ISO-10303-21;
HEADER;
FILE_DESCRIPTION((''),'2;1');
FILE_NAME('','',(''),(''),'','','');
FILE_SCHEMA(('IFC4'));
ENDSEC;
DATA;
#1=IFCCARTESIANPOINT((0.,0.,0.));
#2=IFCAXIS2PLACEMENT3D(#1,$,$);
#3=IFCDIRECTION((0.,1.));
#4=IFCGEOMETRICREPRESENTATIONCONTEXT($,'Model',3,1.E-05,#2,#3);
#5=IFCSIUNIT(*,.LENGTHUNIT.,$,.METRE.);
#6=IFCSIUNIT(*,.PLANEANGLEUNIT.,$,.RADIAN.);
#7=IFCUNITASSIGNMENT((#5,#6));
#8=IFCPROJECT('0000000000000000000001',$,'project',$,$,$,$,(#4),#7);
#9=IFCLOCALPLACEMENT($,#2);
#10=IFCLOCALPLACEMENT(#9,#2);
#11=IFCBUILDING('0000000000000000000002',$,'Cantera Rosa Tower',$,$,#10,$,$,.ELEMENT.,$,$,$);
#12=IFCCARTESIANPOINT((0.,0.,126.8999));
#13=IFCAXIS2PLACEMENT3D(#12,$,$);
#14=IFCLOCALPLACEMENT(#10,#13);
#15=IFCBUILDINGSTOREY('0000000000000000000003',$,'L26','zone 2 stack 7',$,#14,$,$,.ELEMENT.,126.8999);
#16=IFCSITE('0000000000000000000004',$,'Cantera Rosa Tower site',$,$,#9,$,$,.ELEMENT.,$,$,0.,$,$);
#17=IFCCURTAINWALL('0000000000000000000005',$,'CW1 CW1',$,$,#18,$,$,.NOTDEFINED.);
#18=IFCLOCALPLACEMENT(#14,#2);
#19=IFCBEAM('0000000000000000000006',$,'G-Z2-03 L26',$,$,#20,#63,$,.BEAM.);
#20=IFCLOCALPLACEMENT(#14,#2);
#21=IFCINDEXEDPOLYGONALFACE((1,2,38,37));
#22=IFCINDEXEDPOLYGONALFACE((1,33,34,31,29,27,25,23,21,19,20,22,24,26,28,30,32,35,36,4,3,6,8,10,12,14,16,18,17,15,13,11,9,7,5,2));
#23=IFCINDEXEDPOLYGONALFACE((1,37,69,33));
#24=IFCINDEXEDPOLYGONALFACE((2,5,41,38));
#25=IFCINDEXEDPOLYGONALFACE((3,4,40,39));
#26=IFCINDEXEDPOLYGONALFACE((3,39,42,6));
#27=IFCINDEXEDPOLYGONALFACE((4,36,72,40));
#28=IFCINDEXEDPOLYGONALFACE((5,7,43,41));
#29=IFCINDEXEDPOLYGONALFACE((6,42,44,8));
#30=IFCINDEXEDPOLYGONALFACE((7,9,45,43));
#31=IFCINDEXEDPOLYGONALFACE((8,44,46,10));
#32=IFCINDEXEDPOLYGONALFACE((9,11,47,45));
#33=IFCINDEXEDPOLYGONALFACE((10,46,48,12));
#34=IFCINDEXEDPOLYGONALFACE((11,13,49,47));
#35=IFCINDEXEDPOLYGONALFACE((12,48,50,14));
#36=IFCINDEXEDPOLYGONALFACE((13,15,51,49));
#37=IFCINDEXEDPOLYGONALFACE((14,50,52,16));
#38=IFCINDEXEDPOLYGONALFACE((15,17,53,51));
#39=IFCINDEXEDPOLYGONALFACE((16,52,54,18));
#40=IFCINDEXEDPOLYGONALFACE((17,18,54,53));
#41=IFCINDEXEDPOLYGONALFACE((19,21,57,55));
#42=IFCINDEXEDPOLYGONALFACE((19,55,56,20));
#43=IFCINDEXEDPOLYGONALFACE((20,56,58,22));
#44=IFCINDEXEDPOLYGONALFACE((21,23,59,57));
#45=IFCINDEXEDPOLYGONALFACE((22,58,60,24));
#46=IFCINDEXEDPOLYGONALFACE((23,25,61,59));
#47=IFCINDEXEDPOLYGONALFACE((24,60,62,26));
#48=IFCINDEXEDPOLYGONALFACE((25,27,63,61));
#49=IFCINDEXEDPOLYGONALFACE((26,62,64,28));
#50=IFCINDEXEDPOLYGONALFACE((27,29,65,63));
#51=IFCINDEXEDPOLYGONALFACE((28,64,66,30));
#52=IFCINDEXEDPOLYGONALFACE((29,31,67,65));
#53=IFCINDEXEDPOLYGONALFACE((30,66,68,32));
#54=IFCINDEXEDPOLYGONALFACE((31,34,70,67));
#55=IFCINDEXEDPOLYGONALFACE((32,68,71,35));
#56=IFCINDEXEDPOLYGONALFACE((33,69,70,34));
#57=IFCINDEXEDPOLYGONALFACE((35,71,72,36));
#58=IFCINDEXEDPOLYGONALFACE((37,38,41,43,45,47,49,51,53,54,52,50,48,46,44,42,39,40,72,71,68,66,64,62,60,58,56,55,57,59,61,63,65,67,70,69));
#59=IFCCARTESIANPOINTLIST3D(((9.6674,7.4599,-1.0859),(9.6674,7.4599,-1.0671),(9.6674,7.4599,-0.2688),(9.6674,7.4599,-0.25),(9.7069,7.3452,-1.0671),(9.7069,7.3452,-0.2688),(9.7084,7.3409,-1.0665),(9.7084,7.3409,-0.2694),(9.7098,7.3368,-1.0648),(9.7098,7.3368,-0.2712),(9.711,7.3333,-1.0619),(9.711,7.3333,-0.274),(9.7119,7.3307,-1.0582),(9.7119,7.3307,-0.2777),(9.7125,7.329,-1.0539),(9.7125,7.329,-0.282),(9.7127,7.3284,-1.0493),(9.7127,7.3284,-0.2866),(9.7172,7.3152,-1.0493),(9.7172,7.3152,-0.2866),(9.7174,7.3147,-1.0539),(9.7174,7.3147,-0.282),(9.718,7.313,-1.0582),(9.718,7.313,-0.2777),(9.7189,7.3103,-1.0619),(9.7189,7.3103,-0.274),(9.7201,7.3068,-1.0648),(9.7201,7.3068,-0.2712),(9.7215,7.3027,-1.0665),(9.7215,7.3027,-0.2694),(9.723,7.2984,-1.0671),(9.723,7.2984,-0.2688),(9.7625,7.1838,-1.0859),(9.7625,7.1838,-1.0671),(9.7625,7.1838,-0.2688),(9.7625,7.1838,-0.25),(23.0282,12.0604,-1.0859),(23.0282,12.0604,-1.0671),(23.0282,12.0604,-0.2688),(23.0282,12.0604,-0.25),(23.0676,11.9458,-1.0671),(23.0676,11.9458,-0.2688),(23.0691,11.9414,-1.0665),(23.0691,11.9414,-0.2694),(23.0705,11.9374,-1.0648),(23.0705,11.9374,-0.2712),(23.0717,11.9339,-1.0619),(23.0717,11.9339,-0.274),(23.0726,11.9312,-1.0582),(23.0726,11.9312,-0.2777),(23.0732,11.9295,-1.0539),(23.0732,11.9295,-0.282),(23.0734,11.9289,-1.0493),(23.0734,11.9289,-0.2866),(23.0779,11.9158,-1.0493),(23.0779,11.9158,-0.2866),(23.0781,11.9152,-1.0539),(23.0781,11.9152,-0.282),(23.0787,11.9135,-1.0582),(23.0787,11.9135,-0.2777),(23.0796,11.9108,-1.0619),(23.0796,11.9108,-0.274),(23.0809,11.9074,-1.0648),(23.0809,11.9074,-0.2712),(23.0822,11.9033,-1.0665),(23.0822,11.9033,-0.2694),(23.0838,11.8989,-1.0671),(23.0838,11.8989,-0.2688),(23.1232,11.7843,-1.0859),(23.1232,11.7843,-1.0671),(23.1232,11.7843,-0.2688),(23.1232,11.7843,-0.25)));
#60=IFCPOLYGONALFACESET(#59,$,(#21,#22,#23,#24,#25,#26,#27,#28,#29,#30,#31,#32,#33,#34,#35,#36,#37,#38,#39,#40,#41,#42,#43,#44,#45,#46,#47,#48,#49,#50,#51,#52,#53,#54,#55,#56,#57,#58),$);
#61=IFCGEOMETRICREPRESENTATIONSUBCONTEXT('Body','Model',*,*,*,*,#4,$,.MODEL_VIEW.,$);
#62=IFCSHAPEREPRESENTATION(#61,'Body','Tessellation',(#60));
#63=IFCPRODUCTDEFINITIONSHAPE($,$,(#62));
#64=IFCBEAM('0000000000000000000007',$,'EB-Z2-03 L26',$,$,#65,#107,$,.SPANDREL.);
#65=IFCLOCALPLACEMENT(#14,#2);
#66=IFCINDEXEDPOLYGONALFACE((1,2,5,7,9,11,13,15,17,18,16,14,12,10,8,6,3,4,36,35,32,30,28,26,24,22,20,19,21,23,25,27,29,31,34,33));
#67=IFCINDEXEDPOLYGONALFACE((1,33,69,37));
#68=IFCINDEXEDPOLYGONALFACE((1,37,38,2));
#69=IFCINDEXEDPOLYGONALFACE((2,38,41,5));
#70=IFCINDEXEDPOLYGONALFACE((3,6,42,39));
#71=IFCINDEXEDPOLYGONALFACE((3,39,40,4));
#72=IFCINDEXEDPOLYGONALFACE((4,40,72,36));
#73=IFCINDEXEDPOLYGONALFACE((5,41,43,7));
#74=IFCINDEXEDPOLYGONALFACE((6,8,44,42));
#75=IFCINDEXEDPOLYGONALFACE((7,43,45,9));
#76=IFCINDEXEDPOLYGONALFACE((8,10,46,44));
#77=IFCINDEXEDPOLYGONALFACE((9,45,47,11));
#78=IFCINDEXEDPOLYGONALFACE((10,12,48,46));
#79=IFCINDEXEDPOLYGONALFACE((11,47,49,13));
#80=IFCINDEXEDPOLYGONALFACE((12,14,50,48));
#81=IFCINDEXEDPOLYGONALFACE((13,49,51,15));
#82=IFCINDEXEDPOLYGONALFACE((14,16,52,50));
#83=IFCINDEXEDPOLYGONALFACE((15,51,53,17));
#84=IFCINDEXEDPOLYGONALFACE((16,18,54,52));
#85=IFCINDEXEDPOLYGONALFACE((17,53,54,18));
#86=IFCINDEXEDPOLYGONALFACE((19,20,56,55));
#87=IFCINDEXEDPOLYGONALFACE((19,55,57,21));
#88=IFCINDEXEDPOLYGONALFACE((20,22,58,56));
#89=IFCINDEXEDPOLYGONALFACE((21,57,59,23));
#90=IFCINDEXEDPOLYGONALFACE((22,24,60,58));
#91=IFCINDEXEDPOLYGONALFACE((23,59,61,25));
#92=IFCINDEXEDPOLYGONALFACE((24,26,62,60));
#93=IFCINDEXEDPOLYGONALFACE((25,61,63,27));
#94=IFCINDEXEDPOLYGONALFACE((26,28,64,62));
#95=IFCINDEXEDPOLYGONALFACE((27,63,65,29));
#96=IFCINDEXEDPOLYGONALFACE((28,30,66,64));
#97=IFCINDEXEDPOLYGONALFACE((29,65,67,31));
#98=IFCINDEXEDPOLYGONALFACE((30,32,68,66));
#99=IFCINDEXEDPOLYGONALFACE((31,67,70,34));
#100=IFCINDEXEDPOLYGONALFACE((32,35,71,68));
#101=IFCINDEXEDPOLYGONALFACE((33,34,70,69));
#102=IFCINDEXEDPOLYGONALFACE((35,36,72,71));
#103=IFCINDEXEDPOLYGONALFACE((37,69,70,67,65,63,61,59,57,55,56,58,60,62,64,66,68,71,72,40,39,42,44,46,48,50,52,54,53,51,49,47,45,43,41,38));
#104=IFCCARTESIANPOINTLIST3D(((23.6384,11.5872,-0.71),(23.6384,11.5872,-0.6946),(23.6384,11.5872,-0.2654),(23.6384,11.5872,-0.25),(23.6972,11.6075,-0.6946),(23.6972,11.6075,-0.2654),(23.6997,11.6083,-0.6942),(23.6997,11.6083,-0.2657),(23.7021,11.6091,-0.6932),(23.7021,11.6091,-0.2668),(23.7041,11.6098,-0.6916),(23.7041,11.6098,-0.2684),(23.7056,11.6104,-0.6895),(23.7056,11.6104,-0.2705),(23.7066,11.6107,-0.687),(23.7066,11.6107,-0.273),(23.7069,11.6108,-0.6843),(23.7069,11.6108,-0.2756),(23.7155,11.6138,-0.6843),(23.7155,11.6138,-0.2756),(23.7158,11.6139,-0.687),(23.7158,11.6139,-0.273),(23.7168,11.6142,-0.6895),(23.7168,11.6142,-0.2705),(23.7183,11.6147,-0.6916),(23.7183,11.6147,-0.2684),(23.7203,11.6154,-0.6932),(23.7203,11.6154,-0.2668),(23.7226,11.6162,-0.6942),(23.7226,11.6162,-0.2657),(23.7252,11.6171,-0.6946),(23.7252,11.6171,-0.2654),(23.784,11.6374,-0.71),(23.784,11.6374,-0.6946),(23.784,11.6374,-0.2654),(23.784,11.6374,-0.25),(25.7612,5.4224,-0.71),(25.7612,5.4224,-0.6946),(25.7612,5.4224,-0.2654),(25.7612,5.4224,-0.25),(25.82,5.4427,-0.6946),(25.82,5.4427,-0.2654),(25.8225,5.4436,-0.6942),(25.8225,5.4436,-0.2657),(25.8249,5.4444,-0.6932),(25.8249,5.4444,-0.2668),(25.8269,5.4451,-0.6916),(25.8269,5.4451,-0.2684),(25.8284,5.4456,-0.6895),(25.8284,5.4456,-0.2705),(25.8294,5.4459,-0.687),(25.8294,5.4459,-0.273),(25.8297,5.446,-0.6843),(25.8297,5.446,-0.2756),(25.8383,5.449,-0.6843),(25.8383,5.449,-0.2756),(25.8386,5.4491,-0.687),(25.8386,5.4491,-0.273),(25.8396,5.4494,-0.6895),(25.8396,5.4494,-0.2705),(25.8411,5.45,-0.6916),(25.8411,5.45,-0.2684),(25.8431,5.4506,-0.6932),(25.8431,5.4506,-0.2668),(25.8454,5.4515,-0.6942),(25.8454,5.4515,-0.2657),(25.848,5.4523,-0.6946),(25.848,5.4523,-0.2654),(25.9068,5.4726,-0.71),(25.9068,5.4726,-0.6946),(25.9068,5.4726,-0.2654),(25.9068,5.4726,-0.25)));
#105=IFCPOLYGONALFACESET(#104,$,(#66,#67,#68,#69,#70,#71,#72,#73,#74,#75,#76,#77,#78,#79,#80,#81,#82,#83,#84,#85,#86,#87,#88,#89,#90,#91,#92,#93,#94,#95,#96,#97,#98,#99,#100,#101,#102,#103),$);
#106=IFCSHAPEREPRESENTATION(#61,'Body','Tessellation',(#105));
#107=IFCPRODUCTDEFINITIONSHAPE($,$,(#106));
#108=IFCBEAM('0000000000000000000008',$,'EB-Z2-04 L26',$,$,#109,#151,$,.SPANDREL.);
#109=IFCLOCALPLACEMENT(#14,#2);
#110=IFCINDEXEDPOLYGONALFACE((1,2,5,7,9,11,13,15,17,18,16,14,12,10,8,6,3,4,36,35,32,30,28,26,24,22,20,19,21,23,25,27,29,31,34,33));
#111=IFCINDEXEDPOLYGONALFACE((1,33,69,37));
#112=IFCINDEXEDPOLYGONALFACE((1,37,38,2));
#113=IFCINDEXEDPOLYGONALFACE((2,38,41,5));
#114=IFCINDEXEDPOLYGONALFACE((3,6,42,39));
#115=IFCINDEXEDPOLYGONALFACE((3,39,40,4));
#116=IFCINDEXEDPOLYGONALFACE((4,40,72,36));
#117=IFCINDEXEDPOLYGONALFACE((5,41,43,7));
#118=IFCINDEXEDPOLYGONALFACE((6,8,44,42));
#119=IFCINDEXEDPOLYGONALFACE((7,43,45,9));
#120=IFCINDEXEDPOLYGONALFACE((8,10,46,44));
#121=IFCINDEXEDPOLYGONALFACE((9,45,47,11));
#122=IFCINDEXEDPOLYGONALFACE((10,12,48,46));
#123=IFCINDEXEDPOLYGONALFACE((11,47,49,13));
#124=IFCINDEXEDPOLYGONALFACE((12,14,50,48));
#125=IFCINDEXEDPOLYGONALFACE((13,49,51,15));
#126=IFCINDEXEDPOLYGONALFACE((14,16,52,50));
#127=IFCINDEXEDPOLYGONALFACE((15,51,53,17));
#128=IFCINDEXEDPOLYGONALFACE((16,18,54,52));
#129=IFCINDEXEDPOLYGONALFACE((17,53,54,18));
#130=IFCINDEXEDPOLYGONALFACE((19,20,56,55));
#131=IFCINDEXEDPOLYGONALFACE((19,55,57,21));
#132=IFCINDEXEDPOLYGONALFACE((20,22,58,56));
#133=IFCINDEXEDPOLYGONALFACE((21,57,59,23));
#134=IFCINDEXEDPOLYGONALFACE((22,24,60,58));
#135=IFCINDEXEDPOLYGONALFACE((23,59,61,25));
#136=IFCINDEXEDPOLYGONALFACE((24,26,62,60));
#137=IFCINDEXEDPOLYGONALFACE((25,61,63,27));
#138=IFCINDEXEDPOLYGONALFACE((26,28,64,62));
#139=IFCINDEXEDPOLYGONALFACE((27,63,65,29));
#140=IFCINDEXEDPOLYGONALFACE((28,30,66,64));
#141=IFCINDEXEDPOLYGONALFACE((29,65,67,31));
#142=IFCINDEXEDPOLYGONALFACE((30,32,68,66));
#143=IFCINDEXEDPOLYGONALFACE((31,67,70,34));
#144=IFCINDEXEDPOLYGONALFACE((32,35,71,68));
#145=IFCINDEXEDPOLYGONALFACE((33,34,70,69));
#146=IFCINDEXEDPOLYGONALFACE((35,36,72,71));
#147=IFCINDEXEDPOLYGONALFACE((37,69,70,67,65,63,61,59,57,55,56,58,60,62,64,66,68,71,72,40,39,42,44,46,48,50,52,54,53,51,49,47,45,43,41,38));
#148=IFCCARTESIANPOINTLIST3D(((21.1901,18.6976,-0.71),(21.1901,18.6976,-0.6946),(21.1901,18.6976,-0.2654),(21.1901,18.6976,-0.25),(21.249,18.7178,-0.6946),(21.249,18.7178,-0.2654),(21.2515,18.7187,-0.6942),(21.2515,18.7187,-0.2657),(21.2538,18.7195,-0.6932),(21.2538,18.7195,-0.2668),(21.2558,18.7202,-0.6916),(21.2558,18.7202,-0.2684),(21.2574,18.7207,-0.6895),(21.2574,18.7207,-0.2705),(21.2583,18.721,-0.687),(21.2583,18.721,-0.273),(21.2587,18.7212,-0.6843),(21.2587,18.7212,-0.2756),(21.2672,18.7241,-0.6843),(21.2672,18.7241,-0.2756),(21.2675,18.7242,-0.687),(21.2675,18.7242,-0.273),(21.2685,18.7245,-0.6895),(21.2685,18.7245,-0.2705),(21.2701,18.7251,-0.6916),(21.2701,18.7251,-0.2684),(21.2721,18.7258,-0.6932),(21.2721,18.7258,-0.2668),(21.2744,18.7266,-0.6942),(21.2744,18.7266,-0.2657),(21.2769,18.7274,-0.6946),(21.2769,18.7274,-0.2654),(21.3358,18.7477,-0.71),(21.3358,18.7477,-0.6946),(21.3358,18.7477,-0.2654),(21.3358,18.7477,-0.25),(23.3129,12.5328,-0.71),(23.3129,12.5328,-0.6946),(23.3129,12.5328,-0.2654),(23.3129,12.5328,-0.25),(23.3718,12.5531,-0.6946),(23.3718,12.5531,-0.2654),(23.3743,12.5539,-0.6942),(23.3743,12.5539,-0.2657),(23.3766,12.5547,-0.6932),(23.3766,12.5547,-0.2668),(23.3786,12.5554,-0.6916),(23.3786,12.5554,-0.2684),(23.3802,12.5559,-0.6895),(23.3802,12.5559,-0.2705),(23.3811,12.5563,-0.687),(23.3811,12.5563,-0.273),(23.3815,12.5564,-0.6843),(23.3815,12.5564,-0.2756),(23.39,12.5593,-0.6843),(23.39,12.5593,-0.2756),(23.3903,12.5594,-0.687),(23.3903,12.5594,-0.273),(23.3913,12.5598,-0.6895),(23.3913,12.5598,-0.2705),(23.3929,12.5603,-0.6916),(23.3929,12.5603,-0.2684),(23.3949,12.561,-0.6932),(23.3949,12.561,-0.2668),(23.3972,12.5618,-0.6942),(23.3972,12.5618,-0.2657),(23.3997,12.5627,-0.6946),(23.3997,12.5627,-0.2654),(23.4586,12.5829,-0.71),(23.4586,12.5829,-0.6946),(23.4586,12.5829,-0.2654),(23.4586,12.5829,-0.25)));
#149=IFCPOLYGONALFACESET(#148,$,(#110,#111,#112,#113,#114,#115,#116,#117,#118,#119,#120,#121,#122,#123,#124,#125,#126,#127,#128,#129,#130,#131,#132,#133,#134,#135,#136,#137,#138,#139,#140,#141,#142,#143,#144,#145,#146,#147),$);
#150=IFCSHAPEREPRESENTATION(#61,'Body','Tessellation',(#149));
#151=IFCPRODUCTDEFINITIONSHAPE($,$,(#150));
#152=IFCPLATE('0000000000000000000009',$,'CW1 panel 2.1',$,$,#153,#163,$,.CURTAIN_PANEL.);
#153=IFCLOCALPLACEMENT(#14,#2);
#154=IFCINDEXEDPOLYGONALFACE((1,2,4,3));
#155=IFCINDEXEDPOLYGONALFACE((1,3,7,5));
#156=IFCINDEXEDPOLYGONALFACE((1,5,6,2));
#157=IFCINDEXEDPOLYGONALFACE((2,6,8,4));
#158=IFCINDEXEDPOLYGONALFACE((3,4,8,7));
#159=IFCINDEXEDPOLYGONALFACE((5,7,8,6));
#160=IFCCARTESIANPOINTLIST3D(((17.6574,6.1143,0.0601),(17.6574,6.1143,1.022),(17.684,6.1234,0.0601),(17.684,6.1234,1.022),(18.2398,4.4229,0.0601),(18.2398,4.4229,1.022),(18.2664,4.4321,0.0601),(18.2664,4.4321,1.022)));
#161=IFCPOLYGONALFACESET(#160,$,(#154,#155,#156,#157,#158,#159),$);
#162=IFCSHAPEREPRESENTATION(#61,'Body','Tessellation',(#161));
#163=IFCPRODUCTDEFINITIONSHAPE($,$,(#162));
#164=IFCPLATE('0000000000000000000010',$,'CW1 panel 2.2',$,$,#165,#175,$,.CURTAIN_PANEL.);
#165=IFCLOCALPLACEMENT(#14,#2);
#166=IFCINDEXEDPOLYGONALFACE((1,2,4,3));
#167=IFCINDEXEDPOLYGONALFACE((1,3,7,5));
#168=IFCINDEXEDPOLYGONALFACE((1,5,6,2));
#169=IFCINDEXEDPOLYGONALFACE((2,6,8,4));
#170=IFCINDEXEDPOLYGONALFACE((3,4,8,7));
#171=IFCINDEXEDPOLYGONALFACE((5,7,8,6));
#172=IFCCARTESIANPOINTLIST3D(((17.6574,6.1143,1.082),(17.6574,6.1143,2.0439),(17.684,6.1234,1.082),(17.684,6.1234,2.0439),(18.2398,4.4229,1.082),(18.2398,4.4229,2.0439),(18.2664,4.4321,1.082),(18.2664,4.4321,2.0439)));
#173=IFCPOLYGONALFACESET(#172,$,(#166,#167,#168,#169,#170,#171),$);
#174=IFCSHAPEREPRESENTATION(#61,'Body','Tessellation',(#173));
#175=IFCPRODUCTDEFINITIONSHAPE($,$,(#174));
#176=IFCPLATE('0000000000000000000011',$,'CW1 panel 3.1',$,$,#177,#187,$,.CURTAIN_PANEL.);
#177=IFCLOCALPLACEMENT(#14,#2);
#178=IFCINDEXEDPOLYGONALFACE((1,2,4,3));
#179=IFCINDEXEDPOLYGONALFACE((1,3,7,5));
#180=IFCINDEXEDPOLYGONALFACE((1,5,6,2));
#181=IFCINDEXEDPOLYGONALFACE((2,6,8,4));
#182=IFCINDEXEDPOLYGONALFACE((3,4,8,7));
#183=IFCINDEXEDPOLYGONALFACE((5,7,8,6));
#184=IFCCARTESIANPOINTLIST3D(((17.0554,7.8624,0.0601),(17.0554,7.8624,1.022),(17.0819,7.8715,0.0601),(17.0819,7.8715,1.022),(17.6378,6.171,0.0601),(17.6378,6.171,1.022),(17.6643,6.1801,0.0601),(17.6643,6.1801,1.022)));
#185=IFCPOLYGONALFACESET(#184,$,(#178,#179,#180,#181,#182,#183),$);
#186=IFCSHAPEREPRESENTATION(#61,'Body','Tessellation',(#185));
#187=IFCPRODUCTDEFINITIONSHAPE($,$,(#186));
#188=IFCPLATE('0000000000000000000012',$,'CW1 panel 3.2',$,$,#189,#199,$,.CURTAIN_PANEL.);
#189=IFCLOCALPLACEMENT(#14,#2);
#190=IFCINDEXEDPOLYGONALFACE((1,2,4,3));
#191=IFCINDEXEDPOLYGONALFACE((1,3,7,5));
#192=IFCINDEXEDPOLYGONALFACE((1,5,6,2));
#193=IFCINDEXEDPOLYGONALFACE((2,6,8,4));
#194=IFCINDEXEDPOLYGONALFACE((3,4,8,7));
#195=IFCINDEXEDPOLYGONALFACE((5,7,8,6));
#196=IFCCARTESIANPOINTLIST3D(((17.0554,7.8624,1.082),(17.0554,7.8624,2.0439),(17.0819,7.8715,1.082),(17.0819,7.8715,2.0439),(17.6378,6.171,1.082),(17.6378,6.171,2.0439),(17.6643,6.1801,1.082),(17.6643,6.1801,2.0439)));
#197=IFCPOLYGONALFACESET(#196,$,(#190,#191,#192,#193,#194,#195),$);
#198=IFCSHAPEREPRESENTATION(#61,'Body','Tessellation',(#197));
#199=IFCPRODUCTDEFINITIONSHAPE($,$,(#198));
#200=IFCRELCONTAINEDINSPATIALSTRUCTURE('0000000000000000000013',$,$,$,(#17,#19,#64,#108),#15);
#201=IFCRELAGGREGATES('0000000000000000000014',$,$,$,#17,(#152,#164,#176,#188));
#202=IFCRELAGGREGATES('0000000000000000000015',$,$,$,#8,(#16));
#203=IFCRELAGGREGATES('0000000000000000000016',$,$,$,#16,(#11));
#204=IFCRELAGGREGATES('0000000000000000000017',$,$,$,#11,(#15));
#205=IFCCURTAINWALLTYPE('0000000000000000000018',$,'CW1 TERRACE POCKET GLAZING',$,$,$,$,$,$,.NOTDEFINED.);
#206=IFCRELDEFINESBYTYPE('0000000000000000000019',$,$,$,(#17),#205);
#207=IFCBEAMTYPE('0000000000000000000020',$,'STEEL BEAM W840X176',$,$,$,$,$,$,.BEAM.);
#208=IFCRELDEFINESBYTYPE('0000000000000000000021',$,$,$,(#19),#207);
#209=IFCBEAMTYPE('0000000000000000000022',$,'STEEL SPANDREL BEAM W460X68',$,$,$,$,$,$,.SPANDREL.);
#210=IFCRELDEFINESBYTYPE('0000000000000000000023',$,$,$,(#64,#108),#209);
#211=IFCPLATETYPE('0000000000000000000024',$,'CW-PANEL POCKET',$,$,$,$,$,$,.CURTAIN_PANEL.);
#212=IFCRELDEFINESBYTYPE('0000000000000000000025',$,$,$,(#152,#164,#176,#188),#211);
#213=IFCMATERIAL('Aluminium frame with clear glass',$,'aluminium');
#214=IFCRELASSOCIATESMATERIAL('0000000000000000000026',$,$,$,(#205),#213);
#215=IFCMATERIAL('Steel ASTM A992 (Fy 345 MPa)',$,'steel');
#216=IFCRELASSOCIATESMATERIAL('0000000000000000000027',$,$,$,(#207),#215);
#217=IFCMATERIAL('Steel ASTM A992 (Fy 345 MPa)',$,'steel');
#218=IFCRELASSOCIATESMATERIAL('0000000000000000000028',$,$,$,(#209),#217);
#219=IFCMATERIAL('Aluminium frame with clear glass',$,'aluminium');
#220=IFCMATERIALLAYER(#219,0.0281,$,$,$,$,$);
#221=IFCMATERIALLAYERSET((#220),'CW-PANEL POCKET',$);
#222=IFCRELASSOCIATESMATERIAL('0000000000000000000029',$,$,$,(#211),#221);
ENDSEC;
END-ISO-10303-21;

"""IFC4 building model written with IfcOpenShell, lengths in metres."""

from ifc_helpers import new_model, si_unit, direction, frame, origin, origin_2d, place, context, subcontext, project, spatial, rectangle, i_section, extrude, material, layer, layer_set, material_profile, profile_set, type_object, element, aggregate, save


model = new_model("IFC4")

# Units and contexts
model_context = context("Model", 3, precision=1e-05, world=origin(), true_north=direction((0.0, 1.0)))
body_context = subcontext(model_context, "Body", "Model", "MODEL_VIEW")
ifc_project = project(units=[si_unit("LENGTHUNIT", "METRE"), si_unit("PLANEANGLEUNIT", "RADIAN")], contexts=[model_context])

# Site, building, storey
site_placement = place(None, origin())
site = spatial("IfcSite", under=ifc_project, at=site_placement, Name="Cantera Rosa Tower site", CompositionType="ELEMENT", RefElevation=0.0)
building_placement = place(site_placement, origin())
building = spatial("IfcBuilding", under=site, at=building_placement, Name="Cantera Rosa Tower", CompositionType="ELEMENT")
storey_placement = place(building_placement, frame((0.0, 0.0, 126.8999)))
storey = spatial("IfcBuildingStorey", under=building, at=storey_placement, Name="L26", Description="zone 2 stack 7", CompositionType="ELEMENT", Elevation=126.8999)

# Curtain wall
ifc_material_1 = material(Name="Aluminium frame with clear glass", Category="aluminium")
curtain_wall_type = type_object("IfcCurtainWallType", Name="CW1 TERRACE POCKET GLAZING", PredefinedType="NOTDEFINED", material=ifc_material_1)
curtain_wall_placement = place(storey_placement, origin())
curtain_wall = element("IfcCurtainWall", 1, at=curtain_wall_placement, inside=storey, type_object=curtain_wall_type, Name="CW1 CW1", PredefinedType="NOTDEFINED")

# Beams
ifc_material_2 = material(Name="Steel ASTM A992 (Fy 345 MPa)", Category="steel")
ifc_material_profile_1 = material_profile(ifc_material_2, i_section(OverallWidth=0.292, OverallDepth=0.8359, WebThickness=0.0139, FlangeThickness=0.0188, FilletRadius=0.0178, at=origin_2d()), Name="W840X176")
ifc_profile_set_1 = profile_set([ifc_material_profile_1], Name="Steel ASTM A992 (Fy 345 MPa)")
beam_type_1 = type_object("IfcBeamType", Name="STEEL BEAM W840X176", PredefinedType="BEAM", material=ifc_profile_set_1)
beam_placement = place(storey_placement, frame((23.0757, 11.9224, -0.668), z_axis=(-0.945517, -0.325573, 0.0), x_axis=(0.325573, -0.945517, 0.0)))
element("IfcBeam", 2, at=beam_placement, inside=storey, type_object=beam_type_1, Name="G-Z2-03 L26", PredefinedType="BEAM", context=body_context, shape_type="SweptSolid", body=[
    extrude(i_section(OverallWidth=0.292, OverallDepth=0.8359, WebThickness=0.0139, FlangeThickness=0.0188, FilletRadius=0.0178, at=origin_2d()), origin(), (0.0, 0.0, 1.0), 14.1306),
])
ifc_material_3 = material(Name="Steel ASTM A992 (Fy 345 MPa)", Category="steel")
ifc_material_profile_2 = material_profile(ifc_material_3, i_section(OverallWidth=0.1541, OverallDepth=0.46, WebThickness=0.009, FlangeThickness=0.0154, FilletRadius=0.0103, at=origin_2d()), Name="W460X68")
ifc_profile_set_2 = profile_set([ifc_material_profile_2], Name="Steel ASTM A992 (Fy 345 MPa)")
beam_type_2 = type_object("IfcBeamType", Name="STEEL SPANDREL BEAM W460X68", PredefinedType="SPANDREL", material=ifc_profile_set_2)
for number, where, z_axis, x_axis, name in (
    (3, (25.834, 5.4475, -0.48), (-0.325581, 0.945514, 0.0), (-0.945514, -0.325581, 0.0), "EB-Z2-03 L26"),
    (4, (23.3857, 12.5579, -0.48), (-0.325581, 0.945514, 0.0), (-0.945514, -0.325581, 0.0), "EB-Z2-04 L26"),
):
    element("IfcBeam", number, at=place(storey_placement, frame(where, z_axis=z_axis, x_axis=x_axis)), inside=storey, type_object=beam_type_2, Name=name, PredefinedType="SPANDREL", context=body_context, shape_type="SweptSolid", body=[
        extrude(i_section(OverallWidth=0.1541, OverallDepth=0.46, WebThickness=0.009, FlangeThickness=0.0154, FilletRadius=0.0103, at=origin_2d()), origin(), (0.0, 0.0, 1.0), 6.52),
    ])

# Plates
ifc_material_4 = material(Name="Aluminium frame with clear glass", Category="aluminium")
ifc_layer_1 = layer(ifc_material_4, 0.0281)
ifc_layer_set_1 = layer_set([ifc_layer_1], Name="CW-PANEL POCKET")
plate_type = type_object("IfcPlateType", Name="CW-PANEL POCKET", PredefinedType="CURTAIN_PANEL", material=ifc_layer_set_1)
plate_1_placement = place(storey_placement, frame((17.9619, 5.2732, 0.0601), z_axis=(0.0, 0.0, 1.0), x_axis=(-0.325568, 0.945519, 0.0)))
plate_1 = element("IfcPlate", 5, at=plate_1_placement, type_object=plate_type, Name="CW1 panel 2.1", PredefinedType="CURTAIN_PANEL", context=body_context, shape_type="SweptSolid", body=[
    extrude(rectangle(XDim=1.7888, YDim=0.0281, at=origin_2d()), origin(), (0.0, 0.0, 1.0), 0.9619),
])
plate_2_placement = place(storey_placement, frame((17.9619, 5.2732, 1.082), z_axis=(0.0, 0.0, 1.0), x_axis=(-0.325568, 0.945519, 0.0)))
plate_2 = element("IfcPlate", 6, at=plate_2_placement, type_object=plate_type, Name="CW1 panel 2.2", PredefinedType="CURTAIN_PANEL", context=body_context, shape_type="SweptSolid", body=[
    extrude(rectangle(XDim=1.7888, YDim=0.0281, at=origin_2d()), origin(), (0.0, 0.0, 1.0), 0.9619),
])
plate_3_placement = place(storey_placement, frame((17.3599, 7.0212, 0.0601), z_axis=(0.0, 0.0, 1.0), x_axis=(-0.325568, 0.945519, 0.0)))
plate_3 = element("IfcPlate", 7, at=plate_3_placement, type_object=plate_type, Name="CW1 panel 3.1", PredefinedType="CURTAIN_PANEL", context=body_context, shape_type="SweptSolid", body=[
    extrude(rectangle(XDim=1.7888, YDim=0.0281, at=origin_2d()), origin(), (0.0, 0.0, 1.0), 0.9619),
])
plate_4_placement = place(storey_placement, frame((17.3599, 7.0212, 1.082), z_axis=(0.0, 0.0, 1.0), x_axis=(-0.325568, 0.945519, 0.0)))
plate_4 = element("IfcPlate", 8, at=plate_4_placement, type_object=plate_type, Name="CW1 panel 3.2", PredefinedType="CURTAIN_PANEL", context=body_context, shape_type="SweptSolid", body=[
    extrude(rectangle(XDim=1.7888, YDim=0.0281, at=origin_2d()), origin(), (0.0, 0.0, 1.0), 0.9619),
])
aggregate(curtain_wall, [plate_1, plate_2, plate_3, plate_4])

save(model, "model.ifc")
